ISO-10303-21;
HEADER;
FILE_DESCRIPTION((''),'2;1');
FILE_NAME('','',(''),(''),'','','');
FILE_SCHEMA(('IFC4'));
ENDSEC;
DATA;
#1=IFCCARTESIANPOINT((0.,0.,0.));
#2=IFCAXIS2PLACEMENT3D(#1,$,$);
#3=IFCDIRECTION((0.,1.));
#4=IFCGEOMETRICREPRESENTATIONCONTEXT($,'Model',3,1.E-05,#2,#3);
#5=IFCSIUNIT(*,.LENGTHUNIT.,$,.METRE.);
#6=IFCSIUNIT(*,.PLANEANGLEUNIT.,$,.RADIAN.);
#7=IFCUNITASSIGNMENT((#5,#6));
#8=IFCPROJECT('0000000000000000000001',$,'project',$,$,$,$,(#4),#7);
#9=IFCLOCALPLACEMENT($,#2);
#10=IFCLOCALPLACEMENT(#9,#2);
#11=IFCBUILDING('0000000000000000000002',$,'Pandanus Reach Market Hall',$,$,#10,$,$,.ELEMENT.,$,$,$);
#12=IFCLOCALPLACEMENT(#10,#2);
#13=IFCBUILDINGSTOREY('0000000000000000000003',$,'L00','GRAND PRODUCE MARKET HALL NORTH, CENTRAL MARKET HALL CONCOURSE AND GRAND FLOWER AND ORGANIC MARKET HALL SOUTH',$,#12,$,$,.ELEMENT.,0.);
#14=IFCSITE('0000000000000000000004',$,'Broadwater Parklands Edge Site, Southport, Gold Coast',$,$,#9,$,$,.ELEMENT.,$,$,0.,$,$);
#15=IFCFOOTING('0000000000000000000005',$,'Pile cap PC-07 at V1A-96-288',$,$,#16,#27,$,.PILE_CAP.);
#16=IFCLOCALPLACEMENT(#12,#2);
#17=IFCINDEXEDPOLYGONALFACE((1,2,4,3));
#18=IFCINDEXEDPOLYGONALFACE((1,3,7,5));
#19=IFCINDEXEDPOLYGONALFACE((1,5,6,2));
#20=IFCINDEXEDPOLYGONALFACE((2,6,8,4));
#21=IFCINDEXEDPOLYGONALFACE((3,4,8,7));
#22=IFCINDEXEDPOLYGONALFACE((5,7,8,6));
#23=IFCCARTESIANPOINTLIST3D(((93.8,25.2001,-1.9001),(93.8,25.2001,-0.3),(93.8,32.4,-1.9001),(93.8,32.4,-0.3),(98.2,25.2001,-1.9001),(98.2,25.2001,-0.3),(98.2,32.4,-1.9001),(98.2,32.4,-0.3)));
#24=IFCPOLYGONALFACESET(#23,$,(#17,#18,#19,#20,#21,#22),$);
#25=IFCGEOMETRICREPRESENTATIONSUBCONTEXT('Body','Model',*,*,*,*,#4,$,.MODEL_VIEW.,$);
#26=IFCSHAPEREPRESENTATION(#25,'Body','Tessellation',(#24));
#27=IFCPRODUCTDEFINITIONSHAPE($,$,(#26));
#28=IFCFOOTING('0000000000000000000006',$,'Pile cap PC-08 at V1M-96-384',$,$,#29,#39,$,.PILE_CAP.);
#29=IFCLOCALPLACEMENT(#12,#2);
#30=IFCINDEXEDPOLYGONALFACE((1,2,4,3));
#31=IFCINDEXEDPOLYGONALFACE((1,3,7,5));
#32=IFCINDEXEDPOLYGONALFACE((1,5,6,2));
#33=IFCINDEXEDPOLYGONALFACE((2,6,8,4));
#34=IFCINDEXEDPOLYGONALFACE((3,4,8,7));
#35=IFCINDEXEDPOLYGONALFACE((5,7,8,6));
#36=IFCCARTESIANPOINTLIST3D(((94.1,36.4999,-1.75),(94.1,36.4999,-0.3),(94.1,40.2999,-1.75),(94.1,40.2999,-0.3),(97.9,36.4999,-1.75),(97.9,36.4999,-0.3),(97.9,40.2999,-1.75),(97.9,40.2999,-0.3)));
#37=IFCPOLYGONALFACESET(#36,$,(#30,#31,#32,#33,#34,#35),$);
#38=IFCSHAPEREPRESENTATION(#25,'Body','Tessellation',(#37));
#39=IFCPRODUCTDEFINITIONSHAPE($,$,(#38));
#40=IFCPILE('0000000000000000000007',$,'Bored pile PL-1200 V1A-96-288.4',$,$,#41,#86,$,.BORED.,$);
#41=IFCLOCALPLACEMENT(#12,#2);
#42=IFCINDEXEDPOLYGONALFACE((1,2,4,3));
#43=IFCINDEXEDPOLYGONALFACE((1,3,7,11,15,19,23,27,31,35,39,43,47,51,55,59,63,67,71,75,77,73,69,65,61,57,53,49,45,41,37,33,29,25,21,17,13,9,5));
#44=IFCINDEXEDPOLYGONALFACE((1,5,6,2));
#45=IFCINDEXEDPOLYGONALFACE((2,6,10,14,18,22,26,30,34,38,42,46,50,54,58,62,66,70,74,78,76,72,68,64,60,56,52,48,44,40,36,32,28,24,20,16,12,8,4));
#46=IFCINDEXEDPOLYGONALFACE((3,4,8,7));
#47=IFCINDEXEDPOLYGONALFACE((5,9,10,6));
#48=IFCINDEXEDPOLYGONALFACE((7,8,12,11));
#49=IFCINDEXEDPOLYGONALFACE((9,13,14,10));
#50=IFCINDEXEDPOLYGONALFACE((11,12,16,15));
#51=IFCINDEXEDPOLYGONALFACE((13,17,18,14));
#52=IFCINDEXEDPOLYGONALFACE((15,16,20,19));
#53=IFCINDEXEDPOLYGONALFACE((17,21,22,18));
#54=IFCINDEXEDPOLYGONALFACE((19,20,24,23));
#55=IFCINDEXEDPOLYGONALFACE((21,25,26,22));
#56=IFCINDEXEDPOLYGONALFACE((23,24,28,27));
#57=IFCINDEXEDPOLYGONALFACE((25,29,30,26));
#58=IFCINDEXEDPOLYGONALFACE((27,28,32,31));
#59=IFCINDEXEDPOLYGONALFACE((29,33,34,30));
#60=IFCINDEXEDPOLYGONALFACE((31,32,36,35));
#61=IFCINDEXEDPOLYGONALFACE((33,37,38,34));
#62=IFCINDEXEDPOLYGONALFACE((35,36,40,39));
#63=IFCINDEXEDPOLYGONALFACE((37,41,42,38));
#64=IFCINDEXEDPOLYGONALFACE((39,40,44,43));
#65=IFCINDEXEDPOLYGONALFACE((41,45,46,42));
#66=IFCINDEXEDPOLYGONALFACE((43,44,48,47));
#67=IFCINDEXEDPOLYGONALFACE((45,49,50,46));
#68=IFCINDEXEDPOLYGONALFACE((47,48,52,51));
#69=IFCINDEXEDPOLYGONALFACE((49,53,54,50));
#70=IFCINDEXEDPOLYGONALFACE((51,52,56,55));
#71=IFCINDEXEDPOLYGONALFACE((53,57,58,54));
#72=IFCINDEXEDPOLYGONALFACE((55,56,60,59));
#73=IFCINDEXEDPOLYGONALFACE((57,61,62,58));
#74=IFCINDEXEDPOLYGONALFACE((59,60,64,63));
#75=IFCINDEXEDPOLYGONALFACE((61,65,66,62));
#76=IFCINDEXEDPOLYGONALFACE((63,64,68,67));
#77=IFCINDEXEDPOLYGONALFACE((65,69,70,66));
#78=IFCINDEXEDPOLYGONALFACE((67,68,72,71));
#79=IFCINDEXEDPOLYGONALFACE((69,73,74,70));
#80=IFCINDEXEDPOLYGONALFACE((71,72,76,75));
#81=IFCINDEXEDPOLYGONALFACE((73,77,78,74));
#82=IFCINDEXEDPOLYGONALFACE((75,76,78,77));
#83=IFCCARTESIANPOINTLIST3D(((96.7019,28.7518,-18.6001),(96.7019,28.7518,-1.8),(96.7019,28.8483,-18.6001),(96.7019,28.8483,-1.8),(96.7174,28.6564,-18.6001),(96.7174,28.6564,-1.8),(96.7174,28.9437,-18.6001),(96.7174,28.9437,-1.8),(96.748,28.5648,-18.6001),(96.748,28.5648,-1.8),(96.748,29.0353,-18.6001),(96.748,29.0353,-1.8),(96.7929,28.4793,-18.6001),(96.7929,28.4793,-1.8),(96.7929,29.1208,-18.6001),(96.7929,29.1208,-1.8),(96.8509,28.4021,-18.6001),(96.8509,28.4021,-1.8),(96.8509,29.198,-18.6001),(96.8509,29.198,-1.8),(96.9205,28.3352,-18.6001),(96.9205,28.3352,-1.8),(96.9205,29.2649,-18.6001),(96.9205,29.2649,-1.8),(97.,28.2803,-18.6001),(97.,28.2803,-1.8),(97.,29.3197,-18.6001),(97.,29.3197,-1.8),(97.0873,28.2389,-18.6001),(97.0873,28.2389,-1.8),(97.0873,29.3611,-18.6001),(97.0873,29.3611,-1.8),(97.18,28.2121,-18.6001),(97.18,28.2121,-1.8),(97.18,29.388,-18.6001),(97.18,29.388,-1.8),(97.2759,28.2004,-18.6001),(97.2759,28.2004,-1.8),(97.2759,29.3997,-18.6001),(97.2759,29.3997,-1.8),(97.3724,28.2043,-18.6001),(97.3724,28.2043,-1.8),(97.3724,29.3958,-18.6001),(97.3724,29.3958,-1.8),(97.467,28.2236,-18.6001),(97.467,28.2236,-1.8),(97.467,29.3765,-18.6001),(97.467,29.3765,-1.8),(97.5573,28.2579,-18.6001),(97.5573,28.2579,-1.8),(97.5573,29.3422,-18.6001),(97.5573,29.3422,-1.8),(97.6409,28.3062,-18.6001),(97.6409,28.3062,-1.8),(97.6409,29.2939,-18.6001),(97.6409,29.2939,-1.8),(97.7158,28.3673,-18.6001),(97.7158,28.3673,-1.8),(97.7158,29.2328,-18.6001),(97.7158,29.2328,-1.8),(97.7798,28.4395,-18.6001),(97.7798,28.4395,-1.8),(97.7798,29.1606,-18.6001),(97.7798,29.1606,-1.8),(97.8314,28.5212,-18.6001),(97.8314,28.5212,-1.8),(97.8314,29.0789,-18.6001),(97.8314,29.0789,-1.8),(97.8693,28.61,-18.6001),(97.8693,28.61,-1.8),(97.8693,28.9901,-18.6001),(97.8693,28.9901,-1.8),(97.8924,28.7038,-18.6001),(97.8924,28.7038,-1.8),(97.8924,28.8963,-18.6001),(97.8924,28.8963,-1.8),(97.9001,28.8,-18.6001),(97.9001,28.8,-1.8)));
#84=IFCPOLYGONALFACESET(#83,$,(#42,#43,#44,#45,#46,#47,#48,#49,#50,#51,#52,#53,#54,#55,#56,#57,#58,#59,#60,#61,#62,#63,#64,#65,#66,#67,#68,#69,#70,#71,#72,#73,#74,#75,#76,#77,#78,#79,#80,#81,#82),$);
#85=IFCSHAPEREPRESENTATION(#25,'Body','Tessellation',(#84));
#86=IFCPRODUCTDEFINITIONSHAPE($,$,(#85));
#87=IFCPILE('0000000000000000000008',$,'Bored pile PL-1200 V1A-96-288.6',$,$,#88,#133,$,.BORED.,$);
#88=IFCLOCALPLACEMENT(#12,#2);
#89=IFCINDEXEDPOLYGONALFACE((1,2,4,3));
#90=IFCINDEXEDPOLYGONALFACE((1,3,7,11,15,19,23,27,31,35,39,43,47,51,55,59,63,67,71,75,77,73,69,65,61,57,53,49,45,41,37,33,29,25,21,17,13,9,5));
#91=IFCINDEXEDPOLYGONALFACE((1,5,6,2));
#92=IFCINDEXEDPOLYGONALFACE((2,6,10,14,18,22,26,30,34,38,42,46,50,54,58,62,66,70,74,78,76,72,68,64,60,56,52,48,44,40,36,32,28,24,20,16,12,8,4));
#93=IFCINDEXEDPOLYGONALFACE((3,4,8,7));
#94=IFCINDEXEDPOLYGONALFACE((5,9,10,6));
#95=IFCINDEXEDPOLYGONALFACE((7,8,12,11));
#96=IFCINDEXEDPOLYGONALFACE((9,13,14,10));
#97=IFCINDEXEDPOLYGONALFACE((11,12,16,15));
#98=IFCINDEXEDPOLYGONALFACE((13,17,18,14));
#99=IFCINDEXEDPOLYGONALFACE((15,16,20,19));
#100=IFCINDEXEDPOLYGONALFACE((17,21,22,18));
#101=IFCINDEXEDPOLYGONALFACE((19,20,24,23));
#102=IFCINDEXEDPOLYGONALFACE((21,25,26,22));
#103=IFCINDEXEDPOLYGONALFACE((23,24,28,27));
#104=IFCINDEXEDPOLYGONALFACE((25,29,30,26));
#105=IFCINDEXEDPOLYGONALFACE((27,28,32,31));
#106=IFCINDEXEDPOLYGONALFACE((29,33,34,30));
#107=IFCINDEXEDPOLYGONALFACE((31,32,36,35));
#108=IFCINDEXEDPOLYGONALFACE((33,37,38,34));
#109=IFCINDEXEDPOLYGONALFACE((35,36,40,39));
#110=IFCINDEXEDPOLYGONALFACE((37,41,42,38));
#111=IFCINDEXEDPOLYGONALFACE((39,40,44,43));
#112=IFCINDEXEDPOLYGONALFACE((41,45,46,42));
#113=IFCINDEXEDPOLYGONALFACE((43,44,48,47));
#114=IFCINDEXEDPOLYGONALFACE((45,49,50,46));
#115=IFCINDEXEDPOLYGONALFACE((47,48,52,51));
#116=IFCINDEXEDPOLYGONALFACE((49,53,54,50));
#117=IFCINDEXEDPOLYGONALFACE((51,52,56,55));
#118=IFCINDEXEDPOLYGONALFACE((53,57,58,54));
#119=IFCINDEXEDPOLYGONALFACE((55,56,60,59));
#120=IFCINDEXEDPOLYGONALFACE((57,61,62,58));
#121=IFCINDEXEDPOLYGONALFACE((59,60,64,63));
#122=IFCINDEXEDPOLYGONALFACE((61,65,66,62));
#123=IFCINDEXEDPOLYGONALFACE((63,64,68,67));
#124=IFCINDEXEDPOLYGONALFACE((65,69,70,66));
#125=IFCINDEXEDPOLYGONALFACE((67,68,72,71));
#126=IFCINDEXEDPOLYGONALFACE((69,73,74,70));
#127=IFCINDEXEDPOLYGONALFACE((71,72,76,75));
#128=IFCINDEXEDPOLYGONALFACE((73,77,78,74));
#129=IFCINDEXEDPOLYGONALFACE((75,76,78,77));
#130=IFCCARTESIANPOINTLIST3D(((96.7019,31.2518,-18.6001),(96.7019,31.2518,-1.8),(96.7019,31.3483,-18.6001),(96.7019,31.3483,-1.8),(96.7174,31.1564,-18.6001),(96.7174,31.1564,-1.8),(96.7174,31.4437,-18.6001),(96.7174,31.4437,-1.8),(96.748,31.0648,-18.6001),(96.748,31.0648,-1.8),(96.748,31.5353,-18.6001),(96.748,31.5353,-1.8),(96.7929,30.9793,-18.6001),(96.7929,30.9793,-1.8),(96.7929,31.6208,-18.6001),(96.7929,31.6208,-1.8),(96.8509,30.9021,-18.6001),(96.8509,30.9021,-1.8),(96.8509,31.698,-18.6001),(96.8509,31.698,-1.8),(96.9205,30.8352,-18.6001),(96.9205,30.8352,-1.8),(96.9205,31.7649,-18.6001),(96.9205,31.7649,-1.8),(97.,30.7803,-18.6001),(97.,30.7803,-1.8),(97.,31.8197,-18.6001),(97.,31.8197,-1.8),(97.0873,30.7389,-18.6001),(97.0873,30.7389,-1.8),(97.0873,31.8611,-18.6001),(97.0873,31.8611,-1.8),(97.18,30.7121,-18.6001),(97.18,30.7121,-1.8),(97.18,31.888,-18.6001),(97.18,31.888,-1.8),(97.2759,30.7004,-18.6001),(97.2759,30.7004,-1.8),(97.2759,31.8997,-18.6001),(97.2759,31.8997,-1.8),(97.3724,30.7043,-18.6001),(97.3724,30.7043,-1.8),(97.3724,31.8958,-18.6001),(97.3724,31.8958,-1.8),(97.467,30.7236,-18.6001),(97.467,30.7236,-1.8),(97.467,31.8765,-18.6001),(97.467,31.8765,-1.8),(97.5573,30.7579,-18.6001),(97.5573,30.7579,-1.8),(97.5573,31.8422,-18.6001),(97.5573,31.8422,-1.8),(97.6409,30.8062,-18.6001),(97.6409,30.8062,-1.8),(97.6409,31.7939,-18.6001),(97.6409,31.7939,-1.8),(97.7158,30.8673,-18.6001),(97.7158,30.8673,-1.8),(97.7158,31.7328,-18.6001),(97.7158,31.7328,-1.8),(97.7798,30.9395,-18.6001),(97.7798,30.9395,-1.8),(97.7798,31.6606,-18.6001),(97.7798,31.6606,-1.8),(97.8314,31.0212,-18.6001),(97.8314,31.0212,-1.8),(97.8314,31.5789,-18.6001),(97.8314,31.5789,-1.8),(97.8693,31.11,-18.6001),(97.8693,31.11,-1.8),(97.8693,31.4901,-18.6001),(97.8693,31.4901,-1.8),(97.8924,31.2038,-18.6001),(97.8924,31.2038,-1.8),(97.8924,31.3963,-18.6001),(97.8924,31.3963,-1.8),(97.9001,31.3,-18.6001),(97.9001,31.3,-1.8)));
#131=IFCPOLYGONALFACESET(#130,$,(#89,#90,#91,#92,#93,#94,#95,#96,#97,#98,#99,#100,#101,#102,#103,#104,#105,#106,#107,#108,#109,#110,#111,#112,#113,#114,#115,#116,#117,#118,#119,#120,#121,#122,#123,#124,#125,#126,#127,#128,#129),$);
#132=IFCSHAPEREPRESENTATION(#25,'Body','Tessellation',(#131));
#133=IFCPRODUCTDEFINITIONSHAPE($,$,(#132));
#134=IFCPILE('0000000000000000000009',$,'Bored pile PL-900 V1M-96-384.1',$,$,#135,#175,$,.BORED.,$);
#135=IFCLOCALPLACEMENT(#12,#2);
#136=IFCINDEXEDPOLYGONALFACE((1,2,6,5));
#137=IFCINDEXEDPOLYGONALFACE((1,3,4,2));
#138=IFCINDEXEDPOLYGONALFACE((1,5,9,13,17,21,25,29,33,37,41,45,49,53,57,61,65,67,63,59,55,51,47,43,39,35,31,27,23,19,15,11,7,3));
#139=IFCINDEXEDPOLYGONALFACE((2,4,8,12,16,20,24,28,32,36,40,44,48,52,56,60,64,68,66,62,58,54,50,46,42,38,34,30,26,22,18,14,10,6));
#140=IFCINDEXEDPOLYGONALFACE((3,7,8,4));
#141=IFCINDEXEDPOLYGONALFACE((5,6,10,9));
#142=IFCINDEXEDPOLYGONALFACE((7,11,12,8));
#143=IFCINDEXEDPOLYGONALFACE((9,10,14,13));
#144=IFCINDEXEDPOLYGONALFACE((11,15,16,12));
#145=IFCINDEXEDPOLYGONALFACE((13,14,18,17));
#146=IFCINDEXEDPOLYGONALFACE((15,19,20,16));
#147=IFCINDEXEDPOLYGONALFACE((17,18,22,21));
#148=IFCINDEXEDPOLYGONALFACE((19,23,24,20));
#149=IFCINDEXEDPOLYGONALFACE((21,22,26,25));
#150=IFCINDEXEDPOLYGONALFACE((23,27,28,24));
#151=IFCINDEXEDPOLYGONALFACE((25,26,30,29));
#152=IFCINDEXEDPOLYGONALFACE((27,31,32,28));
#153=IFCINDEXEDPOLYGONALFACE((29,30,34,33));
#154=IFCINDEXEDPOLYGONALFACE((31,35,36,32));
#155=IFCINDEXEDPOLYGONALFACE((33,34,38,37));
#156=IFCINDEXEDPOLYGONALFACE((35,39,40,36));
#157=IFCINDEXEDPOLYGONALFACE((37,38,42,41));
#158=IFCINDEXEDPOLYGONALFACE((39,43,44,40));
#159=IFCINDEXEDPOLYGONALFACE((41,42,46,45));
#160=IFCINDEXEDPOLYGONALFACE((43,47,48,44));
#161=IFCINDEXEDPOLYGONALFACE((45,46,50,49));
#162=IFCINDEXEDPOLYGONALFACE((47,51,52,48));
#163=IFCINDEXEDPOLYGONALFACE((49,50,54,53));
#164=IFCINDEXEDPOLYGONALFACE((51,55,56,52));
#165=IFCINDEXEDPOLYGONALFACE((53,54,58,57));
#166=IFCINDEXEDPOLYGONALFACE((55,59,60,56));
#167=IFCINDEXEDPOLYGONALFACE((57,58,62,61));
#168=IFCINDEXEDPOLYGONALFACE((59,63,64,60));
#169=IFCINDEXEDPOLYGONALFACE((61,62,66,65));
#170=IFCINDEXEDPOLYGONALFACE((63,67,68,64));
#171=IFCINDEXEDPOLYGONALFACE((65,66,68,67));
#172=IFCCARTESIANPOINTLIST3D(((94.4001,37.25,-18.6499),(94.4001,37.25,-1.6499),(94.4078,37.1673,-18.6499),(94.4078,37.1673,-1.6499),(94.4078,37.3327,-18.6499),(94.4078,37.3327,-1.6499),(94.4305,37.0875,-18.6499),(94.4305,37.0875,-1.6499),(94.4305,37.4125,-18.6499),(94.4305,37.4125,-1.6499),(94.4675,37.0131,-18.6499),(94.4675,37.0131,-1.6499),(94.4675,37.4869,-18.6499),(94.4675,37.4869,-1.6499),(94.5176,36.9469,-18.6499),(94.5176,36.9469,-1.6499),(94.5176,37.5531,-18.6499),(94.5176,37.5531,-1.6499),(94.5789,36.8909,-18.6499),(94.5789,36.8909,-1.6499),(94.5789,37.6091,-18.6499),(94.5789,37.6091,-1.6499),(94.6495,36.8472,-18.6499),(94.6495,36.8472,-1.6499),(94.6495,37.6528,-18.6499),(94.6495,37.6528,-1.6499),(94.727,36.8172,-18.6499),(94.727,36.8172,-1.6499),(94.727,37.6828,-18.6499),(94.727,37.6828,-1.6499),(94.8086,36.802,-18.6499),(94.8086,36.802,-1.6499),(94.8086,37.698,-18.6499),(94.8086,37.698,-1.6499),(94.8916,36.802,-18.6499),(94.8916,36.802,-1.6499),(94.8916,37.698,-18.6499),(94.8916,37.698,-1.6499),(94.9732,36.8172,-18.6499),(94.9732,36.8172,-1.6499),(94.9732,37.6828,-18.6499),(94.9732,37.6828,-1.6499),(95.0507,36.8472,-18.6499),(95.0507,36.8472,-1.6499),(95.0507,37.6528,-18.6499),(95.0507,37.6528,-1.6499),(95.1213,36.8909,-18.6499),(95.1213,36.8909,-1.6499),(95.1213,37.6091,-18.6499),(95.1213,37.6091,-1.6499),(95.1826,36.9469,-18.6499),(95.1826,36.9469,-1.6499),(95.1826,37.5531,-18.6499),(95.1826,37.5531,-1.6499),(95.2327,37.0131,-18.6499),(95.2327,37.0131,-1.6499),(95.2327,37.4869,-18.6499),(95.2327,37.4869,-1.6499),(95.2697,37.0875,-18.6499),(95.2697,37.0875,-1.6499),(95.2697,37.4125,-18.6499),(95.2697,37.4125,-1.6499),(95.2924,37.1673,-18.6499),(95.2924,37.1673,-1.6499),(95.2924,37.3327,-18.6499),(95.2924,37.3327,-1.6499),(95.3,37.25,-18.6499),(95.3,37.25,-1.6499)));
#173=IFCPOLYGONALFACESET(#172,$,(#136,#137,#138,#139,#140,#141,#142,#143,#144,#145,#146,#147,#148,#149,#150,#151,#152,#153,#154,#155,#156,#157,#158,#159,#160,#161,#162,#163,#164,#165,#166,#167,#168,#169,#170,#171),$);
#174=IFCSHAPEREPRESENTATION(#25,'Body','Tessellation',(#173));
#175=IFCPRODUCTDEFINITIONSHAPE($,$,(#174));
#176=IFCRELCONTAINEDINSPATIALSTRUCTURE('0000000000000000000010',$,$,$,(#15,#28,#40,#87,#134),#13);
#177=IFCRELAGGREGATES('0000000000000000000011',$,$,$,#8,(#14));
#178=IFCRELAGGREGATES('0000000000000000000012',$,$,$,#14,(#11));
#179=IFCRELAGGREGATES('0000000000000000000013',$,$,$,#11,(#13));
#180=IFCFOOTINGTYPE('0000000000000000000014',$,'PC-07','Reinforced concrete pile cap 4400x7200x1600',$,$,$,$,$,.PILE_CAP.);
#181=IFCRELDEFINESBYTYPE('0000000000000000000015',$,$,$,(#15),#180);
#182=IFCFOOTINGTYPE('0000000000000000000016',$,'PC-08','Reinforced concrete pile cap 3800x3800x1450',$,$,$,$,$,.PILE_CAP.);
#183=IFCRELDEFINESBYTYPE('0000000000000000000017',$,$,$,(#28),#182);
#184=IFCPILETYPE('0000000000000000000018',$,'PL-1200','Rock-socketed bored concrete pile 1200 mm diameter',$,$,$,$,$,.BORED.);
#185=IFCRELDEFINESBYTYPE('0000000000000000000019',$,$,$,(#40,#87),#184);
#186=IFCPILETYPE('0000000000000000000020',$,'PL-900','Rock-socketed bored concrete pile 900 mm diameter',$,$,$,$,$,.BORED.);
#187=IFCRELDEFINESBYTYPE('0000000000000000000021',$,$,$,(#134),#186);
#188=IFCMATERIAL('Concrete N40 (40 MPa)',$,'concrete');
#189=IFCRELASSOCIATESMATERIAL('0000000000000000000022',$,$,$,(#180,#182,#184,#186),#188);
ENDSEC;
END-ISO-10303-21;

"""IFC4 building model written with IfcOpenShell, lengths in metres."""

from ifc_helpers import new_model, si_unit, direction, frame, origin, origin_2d, place, context, subcontext, project, spatial, rectangle, circle, extrude, material, material_profile, profile_set, type_object, element, save


model = new_model("IFC4")

# Units and contexts
model_context = context("Model", 3, precision=1e-05, world=origin(), true_north=direction((0.0, 1.0)))
body_context = subcontext(model_context, "Body", "Model", "MODEL_VIEW")
ifc_project = project(units=[si_unit("LENGTHUNIT", "METRE"), si_unit("PLANEANGLEUNIT", "RADIAN")], contexts=[model_context])

# Site, building, storey
site_placement = place(None, origin())
site = spatial("IfcSite", under=ifc_project, at=site_placement, Name="Broadwater Parklands Edge Site, Southport, Gold Coast", CompositionType="ELEMENT", RefElevation=0.0)
building_placement = place(site_placement, origin())
building = spatial("IfcBuilding", under=site, at=building_placement, Name="Pandanus Reach Market Hall", CompositionType="ELEMENT")
storey_placement = place(building_placement, origin())
storey = spatial("IfcBuildingStorey", under=building, at=storey_placement, Name="L00", Description="GRAND PRODUCE MARKET HALL NORTH, CENTRAL MARKET HALL CONCOURSE AND GRAND FLOWER AND ORGANIC MARKET HALL SOUTH", CompositionType="ELEMENT", Elevation=0.0)

# Footings
ifc_material_1 = material(Name="Concrete N40 (40 MPa)", Category="concrete")
footing_type_1 = type_object("IfcFootingType", Name="PC-07", Description="Reinforced concrete pile cap 4400x7200x1600", PredefinedType="PILE_CAP", material=ifc_material_1)
footing_1_placement = place(storey_placement, frame((96.0, 28.8, -1.9001), z_axis=(0.0, 0.0, 1.0), x_axis=(1.0, 0.0, 0.0)))
element("IfcFooting", 1, at=footing_1_placement, inside=storey, type_object=footing_type_1, Name="Pile cap PC-07 at V1A-96-288", PredefinedType="PILE_CAP", context=body_context, shape_type="SweptSolid", body=[
    extrude(rectangle(XDim=4.3999, YDim=7.2, at=origin_2d()), origin(), (0.0, 0.0, 1.0), 1.6001),
])
footing_type_2 = type_object("IfcFootingType", Name="PC-08", Description="Reinforced concrete pile cap 3800x3800x1450", PredefinedType="PILE_CAP", material=ifc_material_1)
footing_2_placement = place(storey_placement, frame((96.0, 38.3999, -1.75), z_axis=(0.0, 0.0, 1.0), x_axis=(1.0, 0.0, 0.0)))
element("IfcFooting", 2, at=footing_2_placement, inside=storey, type_object=footing_type_2, Name="Pile cap PC-08 at V1M-96-384", PredefinedType="PILE_CAP", context=body_context, shape_type="SweptSolid", body=[
    extrude(rectangle(XDim=3.8, YDim=3.8, at=origin_2d()), origin(), (0.0, 0.0, 1.0), 1.45),
])

# Piles
ifc_material_profile_1 = material_profile(ifc_material_1, circle(Radius=0.6001, at=origin_2d()), Name="PILE-1200D", Category="LoadBearing")
ifc_profile_set_1 = profile_set([ifc_material_profile_1], Name="Concrete N40 (40 MPa)")
pile_type_1 = type_object("IfcPileType", Name="PL-1200", Description="Rock-socketed bored concrete pile 1200 mm diameter", PredefinedType="BORED", material=ifc_profile_set_1)
for number, where, z_axis, x_axis, name in (
    (3, (97.3, 28.8, -1.8), (0.0, 0.0, -1.0), (1.0, 0.0, 0.0), "Bored pile PL-1200 V1A-96-288.4"),
    (4, (97.3, 31.3, -1.8), (0.0, 0.0, -1.0), (1.0, 0.0, 0.0), "Bored pile PL-1200 V1A-96-288.6"),
):
    element("IfcPile", number, at=place(storey_placement, frame(where, z_axis=z_axis, x_axis=x_axis)), inside=storey, type_object=pile_type_1, Name=name, PredefinedType="BORED", context=body_context, shape_type="SweptSolid", body=[
        extrude(circle(Radius=0.6001, at=origin_2d()), origin(), (0.0, 0.0, 1.0), 16.8),
    ])
ifc_material_profile_2 = material_profile(ifc_material_1, circle(Radius=0.45, at=origin_2d()), Name="PILE-900D", Category="LoadBearing")
ifc_profile_set_2 = profile_set([ifc_material_profile_2], Name="Concrete N40 (40 MPa)")
pile_type_2 = type_object("IfcPileType", Name="PL-900", Description="Rock-socketed bored concrete pile 900 mm diameter", PredefinedType="BORED", material=ifc_profile_set_2)
for number, where, z_axis, x_axis, name in (
    (5, (94.8501, 37.25, -1.6499), (0.0, 0.0, -1.0), (1.0, 0.0, 0.0), "Bored pile PL-900 V1M-96-384.1"),
):
    element("IfcPile", number, at=place(storey_placement, frame(where, z_axis=z_axis, x_axis=x_axis)), inside=storey, type_object=pile_type_2, Name=name, PredefinedType="BORED", context=body_context, shape_type="SweptSolid", body=[
        extrude(circle(Radius=0.45, at=origin_2d()), origin(), (0.0, 0.0, 1.0), 17.0),
    ])

save(model, "model.ifc")
